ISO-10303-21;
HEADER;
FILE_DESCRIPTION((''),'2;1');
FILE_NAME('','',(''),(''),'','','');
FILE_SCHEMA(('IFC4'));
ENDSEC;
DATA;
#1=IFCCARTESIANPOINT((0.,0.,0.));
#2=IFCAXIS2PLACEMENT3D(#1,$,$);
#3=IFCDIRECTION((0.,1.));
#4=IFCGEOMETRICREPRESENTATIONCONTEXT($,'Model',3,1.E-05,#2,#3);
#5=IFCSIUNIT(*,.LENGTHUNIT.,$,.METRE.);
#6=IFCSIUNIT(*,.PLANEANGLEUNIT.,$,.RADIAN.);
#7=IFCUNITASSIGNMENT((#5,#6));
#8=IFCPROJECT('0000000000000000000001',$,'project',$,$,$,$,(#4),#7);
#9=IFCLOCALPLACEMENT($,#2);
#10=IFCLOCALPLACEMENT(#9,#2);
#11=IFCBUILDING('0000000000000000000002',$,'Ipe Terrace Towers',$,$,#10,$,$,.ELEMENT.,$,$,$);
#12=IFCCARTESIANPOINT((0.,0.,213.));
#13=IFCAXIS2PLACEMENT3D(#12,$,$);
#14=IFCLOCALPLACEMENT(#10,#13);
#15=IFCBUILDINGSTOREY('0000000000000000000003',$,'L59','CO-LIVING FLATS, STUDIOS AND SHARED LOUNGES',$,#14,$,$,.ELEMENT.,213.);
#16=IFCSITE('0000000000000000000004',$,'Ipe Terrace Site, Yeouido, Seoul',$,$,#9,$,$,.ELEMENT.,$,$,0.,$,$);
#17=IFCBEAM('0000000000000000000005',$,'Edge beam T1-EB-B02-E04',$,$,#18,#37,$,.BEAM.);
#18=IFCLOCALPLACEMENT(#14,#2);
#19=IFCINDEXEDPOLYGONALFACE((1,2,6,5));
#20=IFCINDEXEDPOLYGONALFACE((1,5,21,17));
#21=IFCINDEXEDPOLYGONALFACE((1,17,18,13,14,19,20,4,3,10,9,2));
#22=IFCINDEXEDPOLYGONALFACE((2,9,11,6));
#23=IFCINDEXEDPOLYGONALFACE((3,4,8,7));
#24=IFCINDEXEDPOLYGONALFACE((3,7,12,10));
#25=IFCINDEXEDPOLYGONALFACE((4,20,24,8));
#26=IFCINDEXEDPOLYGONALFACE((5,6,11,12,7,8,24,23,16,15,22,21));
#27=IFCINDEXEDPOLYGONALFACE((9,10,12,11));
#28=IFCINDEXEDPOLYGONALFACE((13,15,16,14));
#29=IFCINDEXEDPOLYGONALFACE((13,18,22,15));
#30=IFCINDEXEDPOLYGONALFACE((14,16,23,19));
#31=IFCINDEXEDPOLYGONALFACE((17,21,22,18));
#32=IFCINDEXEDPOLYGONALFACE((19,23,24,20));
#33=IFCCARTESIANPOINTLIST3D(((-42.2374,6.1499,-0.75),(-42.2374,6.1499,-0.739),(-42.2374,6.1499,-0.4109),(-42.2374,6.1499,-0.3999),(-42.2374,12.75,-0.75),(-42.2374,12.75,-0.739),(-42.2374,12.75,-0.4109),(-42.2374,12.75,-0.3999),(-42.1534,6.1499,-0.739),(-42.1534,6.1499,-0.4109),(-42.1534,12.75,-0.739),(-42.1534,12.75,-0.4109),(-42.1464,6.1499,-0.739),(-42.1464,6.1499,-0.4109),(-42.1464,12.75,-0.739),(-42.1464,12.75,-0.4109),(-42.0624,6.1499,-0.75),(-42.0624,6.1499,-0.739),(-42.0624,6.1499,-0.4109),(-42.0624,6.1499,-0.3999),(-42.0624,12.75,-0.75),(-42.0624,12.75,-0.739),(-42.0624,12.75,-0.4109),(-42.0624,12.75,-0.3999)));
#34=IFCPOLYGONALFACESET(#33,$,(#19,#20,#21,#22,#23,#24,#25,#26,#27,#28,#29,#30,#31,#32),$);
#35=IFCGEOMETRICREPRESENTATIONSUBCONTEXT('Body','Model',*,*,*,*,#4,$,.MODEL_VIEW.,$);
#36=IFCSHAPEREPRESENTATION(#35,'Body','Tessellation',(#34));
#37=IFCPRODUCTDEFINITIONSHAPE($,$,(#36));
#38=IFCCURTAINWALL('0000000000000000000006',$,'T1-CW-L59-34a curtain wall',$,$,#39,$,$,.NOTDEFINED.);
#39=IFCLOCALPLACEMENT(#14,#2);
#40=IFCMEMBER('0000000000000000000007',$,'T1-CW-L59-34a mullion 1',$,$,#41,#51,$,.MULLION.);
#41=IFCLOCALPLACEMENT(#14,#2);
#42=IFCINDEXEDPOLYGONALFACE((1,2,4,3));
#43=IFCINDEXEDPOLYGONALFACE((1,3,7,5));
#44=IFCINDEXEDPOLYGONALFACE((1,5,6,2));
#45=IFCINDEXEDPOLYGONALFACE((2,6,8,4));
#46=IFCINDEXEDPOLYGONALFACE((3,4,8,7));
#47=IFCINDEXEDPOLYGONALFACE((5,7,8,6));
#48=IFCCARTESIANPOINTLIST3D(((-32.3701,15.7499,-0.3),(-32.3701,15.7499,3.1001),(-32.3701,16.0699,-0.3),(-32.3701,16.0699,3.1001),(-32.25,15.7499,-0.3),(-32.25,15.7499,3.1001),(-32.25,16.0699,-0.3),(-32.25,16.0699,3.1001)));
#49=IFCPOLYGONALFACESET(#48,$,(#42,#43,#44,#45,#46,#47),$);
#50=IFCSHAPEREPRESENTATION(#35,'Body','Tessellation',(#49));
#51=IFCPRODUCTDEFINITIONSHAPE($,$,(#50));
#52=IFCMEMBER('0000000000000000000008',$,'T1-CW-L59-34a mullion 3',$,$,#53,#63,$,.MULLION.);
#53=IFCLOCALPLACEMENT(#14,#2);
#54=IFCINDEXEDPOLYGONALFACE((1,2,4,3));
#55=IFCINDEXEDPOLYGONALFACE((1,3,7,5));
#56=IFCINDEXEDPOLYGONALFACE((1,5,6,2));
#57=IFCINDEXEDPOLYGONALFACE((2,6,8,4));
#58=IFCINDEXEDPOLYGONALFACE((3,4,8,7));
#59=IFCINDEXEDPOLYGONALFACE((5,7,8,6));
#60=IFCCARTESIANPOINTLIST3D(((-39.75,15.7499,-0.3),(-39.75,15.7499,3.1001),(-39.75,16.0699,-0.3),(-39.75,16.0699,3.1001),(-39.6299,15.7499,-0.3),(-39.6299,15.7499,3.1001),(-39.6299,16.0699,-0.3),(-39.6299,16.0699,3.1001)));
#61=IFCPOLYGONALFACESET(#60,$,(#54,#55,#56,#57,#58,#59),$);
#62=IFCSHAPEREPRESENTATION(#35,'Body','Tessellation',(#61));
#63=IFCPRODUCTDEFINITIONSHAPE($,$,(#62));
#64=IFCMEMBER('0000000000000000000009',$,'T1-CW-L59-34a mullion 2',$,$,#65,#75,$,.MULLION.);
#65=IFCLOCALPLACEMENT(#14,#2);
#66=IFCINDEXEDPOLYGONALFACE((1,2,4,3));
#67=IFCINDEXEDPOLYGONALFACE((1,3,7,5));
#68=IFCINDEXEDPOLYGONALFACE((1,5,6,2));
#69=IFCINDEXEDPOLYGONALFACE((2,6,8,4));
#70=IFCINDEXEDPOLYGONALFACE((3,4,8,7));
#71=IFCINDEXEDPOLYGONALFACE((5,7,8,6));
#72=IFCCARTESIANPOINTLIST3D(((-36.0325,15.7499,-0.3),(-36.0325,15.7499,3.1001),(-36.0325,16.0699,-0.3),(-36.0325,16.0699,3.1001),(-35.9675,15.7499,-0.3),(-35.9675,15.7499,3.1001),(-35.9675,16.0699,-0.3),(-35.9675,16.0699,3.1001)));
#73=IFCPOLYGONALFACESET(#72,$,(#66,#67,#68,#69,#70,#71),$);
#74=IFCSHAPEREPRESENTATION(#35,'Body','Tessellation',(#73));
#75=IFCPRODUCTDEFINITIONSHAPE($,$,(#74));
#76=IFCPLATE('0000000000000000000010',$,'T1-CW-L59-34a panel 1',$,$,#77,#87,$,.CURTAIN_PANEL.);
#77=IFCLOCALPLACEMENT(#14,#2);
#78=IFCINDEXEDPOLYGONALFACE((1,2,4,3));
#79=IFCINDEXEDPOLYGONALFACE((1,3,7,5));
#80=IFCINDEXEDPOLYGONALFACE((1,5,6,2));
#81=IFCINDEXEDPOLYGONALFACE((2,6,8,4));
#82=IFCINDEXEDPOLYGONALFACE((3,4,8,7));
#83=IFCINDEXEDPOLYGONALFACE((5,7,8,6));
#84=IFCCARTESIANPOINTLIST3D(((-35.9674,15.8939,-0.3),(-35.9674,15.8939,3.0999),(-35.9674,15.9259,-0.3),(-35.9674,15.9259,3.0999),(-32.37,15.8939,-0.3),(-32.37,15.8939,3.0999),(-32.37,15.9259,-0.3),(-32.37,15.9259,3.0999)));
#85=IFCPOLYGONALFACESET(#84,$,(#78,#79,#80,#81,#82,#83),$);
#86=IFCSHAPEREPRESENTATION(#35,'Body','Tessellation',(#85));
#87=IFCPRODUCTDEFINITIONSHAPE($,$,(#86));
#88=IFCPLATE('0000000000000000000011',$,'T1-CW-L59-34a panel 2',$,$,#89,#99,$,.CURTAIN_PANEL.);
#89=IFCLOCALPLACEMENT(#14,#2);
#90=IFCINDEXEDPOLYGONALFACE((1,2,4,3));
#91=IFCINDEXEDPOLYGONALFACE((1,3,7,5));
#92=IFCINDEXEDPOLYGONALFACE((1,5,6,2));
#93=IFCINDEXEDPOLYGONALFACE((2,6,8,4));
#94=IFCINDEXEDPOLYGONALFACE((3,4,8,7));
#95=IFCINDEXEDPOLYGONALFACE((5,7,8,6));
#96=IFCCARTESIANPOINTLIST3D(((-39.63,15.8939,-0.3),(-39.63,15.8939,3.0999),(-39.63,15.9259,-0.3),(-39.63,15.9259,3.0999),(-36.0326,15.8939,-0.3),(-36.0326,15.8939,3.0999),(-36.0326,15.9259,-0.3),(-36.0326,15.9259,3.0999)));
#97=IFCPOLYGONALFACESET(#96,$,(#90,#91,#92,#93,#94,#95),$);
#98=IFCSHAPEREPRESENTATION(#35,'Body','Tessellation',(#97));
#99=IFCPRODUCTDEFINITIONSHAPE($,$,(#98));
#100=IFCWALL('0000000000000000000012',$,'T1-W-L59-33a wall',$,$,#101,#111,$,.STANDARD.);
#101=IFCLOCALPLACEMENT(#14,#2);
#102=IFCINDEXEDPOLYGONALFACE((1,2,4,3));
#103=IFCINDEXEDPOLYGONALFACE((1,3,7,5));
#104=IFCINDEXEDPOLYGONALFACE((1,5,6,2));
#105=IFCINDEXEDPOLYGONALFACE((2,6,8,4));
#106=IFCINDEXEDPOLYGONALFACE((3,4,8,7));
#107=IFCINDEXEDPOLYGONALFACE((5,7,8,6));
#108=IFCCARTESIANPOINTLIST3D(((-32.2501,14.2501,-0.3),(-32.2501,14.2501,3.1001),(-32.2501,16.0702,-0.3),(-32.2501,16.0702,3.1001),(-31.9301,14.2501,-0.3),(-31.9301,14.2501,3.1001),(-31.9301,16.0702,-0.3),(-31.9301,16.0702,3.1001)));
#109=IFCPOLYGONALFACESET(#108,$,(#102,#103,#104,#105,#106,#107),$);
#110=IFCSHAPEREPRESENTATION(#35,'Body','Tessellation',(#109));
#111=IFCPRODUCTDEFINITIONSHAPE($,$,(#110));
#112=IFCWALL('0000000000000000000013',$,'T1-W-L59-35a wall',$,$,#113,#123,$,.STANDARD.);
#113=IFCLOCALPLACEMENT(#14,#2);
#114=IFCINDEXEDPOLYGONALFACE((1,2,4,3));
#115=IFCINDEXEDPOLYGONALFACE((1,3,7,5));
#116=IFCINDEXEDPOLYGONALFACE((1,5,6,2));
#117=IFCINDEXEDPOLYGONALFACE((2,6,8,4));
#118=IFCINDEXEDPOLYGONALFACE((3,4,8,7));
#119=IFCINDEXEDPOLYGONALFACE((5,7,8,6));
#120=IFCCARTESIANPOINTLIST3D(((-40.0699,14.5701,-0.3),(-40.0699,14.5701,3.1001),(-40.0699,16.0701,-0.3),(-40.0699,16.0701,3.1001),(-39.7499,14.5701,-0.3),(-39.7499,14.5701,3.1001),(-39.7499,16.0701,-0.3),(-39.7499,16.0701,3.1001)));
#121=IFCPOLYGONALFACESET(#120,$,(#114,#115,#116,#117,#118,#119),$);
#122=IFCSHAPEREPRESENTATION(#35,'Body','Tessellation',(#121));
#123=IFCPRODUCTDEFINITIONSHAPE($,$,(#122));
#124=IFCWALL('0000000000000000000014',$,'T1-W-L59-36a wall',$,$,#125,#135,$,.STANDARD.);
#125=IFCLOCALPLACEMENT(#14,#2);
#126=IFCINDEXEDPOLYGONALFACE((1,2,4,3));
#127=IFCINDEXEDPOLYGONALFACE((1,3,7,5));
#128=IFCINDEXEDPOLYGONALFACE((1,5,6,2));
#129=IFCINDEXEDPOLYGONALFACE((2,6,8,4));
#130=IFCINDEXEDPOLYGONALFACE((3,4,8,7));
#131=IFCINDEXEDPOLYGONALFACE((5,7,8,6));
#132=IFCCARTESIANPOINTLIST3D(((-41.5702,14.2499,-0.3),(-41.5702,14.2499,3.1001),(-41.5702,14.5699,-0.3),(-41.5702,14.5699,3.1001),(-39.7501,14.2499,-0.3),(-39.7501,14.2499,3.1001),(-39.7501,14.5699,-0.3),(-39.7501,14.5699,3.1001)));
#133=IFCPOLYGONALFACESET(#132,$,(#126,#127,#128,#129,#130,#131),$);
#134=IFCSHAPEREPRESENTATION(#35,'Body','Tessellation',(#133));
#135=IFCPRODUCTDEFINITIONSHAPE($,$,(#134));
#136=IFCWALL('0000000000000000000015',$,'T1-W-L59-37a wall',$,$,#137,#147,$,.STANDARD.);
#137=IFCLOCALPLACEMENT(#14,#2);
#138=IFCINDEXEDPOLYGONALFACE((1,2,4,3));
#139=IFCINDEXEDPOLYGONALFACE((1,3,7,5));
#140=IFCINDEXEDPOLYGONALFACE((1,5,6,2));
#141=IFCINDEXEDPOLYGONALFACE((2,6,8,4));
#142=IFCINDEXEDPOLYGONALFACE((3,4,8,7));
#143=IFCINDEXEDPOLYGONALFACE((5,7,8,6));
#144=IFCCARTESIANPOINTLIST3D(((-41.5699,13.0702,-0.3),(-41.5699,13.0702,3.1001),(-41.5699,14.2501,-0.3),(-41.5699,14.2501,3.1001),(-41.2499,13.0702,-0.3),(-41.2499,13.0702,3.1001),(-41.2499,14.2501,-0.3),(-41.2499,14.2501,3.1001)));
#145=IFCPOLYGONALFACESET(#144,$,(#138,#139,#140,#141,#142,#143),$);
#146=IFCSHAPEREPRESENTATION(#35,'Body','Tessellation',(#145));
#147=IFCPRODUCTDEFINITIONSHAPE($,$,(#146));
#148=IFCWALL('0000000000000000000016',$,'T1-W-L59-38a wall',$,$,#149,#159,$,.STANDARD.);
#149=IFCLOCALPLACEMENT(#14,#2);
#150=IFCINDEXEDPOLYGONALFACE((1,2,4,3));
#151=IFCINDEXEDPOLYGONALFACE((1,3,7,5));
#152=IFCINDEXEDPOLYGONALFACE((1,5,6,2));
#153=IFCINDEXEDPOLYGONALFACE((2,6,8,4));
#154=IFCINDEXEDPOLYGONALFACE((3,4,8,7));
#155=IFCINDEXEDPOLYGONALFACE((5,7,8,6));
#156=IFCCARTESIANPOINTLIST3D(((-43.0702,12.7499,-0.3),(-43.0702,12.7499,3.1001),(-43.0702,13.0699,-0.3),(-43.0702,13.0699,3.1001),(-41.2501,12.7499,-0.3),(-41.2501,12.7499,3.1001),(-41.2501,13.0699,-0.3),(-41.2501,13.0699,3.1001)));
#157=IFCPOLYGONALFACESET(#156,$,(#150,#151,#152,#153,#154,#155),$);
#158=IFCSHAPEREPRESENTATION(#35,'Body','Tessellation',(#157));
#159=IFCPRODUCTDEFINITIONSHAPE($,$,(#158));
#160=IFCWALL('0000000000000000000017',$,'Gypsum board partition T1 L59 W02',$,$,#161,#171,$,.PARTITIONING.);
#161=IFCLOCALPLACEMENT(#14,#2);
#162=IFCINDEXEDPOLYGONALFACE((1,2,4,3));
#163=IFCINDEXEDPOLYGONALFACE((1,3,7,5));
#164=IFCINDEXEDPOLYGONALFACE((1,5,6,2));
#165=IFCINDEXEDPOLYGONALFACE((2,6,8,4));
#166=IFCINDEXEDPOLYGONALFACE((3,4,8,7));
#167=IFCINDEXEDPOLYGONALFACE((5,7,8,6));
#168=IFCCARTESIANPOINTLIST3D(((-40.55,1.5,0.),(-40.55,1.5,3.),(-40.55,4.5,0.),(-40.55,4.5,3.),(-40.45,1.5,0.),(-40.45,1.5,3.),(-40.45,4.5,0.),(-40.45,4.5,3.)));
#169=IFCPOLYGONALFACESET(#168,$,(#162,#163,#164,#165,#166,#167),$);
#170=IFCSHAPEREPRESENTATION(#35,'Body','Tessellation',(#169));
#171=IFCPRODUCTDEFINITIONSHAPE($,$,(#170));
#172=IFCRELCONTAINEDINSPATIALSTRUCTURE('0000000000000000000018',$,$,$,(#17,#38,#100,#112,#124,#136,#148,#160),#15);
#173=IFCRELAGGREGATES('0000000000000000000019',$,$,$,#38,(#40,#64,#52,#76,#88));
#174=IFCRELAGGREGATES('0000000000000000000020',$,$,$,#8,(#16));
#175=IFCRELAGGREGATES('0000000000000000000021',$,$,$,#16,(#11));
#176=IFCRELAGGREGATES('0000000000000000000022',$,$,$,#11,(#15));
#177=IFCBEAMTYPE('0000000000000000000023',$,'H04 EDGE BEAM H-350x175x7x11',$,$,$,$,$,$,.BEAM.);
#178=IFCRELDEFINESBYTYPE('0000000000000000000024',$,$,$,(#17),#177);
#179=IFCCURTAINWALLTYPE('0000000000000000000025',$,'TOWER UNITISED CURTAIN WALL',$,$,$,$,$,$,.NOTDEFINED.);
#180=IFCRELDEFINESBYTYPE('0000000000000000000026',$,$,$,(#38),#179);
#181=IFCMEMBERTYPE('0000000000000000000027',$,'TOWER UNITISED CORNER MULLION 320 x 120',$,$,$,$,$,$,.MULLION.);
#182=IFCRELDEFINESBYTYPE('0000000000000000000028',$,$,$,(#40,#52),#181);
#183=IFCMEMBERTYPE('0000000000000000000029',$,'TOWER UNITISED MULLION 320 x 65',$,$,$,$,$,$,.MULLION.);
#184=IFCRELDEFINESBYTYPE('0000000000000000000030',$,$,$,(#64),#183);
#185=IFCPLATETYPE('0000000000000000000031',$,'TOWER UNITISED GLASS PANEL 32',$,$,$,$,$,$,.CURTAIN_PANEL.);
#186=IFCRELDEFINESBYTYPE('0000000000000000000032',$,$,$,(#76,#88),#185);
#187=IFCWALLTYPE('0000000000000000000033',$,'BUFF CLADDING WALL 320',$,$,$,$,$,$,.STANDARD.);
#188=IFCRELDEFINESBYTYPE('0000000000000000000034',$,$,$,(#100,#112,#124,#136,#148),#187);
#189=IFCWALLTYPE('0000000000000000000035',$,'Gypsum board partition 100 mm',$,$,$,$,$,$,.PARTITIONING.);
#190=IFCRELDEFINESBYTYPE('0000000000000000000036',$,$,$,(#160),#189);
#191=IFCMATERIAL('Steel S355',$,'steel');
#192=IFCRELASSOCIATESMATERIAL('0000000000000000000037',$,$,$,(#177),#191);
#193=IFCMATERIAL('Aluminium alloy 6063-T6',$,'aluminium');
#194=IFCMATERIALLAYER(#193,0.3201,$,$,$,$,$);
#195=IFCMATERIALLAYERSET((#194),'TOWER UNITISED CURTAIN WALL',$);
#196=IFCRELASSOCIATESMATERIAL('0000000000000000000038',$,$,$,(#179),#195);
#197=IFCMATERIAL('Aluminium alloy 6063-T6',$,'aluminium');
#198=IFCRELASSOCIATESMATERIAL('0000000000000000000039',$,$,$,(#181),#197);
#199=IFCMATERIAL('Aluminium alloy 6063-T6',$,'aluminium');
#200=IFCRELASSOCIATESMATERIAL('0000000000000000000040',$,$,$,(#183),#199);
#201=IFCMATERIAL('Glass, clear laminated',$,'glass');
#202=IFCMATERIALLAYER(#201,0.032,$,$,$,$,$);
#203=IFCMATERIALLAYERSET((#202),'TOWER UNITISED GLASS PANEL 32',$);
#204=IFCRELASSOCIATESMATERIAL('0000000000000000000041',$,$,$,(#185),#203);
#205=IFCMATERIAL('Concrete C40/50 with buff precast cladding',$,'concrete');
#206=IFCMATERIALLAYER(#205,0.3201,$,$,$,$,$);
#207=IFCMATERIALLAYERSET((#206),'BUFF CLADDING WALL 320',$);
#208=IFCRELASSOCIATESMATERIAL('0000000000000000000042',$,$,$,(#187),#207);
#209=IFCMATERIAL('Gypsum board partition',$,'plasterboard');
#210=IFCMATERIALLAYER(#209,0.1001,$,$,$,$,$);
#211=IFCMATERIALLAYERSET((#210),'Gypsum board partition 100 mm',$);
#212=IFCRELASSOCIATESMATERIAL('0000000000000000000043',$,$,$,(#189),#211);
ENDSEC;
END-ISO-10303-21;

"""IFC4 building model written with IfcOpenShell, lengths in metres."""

from ifc_helpers import new_model, si_unit, direction, frame, frame_2d, origin, origin_2d, place, context, subcontext, project, spatial, rectangle, i_section, extrude, material, layer, layer_set, material_profile, profile_set, type_object, element, aggregate, save


model = new_model("IFC4")

# Units and contexts
model_context = context("Model", 3, precision=1e-05, world=origin(), true_north=direction((0.0, 1.0)))
body_context = subcontext(model_context, "Body", "Model", "MODEL_VIEW")
ifc_project = project(units=[si_unit("LENGTHUNIT", "METRE"), si_unit("PLANEANGLEUNIT", "RADIAN")], contexts=[model_context])

# Site, building, storey
site_placement = place(None, origin())
site = spatial("IfcSite", under=ifc_project, at=site_placement, Name="Ipe Terrace Site, Yeouido, Seoul", CompositionType="ELEMENT", RefElevation=0.0)
building_placement = place(site_placement, origin())
building = spatial("IfcBuilding", under=site, at=building_placement, Name="Ipe Terrace Towers", CompositionType="ELEMENT")
storey_placement = place(building_placement, frame((0.0, 0.0, 213.0)))
storey = spatial("IfcBuildingStorey", under=building, at=storey_placement, Name="L59", Description="CO-LIVING FLATS, STUDIOS AND SHARED LOUNGES", CompositionType="ELEMENT", Elevation=213.0)

# Beam
ifc_material_1 = material(Name="Steel S355", Category="steel")
ifc_material_profile_1 = material_profile(ifc_material_1, i_section(OverallWidth=0.175, OverallDepth=0.3501, WebThickness=0.0071, FlangeThickness=0.011, at=origin_2d()), Name="H-350x175x7x11")
ifc_profile_set_1 = profile_set([ifc_material_profile_1], Name="Steel S355")
beam_type = type_object("IfcBeamType", Name="H04 EDGE BEAM H-350x175x7x11", PredefinedType="BEAM", material=ifc_profile_set_1)
beam_placement = place(storey_placement, frame((-42.1499, 12.75, -0.575), z_axis=(0.0, -1.0, 0.0), x_axis=(1.0, 0.0, 0.0)))
element("IfcBeam", 1, at=beam_placement, inside=storey, type_object=beam_type, Name="Edge beam T1-EB-B02-E04", PredefinedType="BEAM", context=body_context, shape_type="SweptSolid", body=[
    extrude(i_section(OverallWidth=0.175, OverallDepth=0.3501, WebThickness=0.0071, FlangeThickness=0.011, at=origin_2d()), origin(), (0.0, 0.0, 1.0), 6.6001),
])

# Curtain wall, members, plates
ifc_material_2 = material(Name="Aluminium alloy 6063-T6", Category="aluminium")
ifc_layer_1 = layer(ifc_material_2, 0.3201)
ifc_layer_set_1 = layer_set([ifc_layer_1], Name="TOWER UNITISED CURTAIN WALL")
curtain_wall_type = type_object("IfcCurtainWallType", Name="TOWER UNITISED CURTAIN WALL", PredefinedType="NOTDEFINED", material=ifc_layer_set_1)
curtain_wall_placement = place(storey_placement, origin())
curtain_wall = element("IfcCurtainWall", 2, at=curtain_wall_placement, inside=storey, type_object=curtain_wall_type, Name="T1-CW-L59-34a curtain wall", PredefinedType="NOTDEFINED")
ifc_material_3 = material(Name="Aluminium alloy 6063-T6", Category="aluminium")
ifc_material_profile_2 = material_profile(ifc_material_3, rectangle(XDim=0.3201, YDim=0.1201, at=origin_2d()), Name="TOWER UNITISED CORNER MULLION 320 x 120")
ifc_profile_set_2 = profile_set([ifc_material_profile_2], Name="Aluminium alloy 6063-T6")
member_type_1 = type_object("IfcMemberType", Name="TOWER UNITISED CORNER MULLION 320 x 120", PredefinedType="MULLION", material=ifc_profile_set_2)
member_1_placement = place(storey_placement, frame((-32.3101, 15.9099, -0.3), z_axis=(0.0, 0.0, 1.0), x_axis=(0.0, 1.0, 0.0)))
member_1 = element("IfcMember", 3, at=member_1_placement, type_object=member_type_1, Name="T1-CW-L59-34a mullion 1", PredefinedType="MULLION", context=body_context, shape_type="SweptSolid", body=[
    extrude(rectangle(XDim=0.3201, YDim=0.1201, at=origin_2d()), origin(), (0.0, 0.0, 1.0), 3.4001),
])
member_2_placement = place(storey_placement, frame((-39.6899, 15.9099, -0.3), z_axis=(0.0, 0.0, 1.0), x_axis=(0.0, 1.0, 0.0)))
member_2 = element("IfcMember", 4, at=member_2_placement, type_object=member_type_1, Name="T1-CW-L59-34a mullion 3", PredefinedType="MULLION", context=body_context, shape_type="SweptSolid", body=[
    extrude(rectangle(XDim=0.3201, YDim=0.1201, at=origin_2d()), origin(), (0.0, 0.0, 1.0), 3.4001),
])
ifc_material_4 = material(Name="Aluminium alloy 6063-T6", Category="aluminium")
ifc_material_profile_3 = material_profile(ifc_material_4, rectangle(XDim=0.3201, YDim=0.0649, at=origin_2d()), Name="TOWER UNITISED MULLION 320 x 65")
ifc_profile_set_3 = profile_set([ifc_material_profile_3], Name="Aluminium alloy 6063-T6")
member_type_2 = type_object("IfcMemberType", Name="TOWER UNITISED MULLION 320 x 65", PredefinedType="MULLION", material=ifc_profile_set_3)
member_3_placement = place(storey_placement, frame((-36.0, 15.9099, -0.3), z_axis=(0.0, 0.0, 1.0), x_axis=(0.0, 1.0, 0.0)))
member_3 = element("IfcMember", 5, at=member_3_placement, type_object=member_type_2, Name="T1-CW-L59-34a mullion 2", PredefinedType="MULLION", context=body_context, shape_type="SweptSolid", body=[
    extrude(rectangle(XDim=0.3201, YDim=0.0649, at=origin_2d()), origin(), (0.0, 0.0, 1.0), 3.4001),
])
ifc_material_5 = material(Name="Glass, clear laminated", Category="glass")
ifc_layer_2 = layer(ifc_material_5, 0.032)
ifc_layer_set_2 = layer_set([ifc_layer_2], Name="TOWER UNITISED GLASS PANEL 32")
plate_type = type_object("IfcPlateType", Name="TOWER UNITISED GLASS PANEL 32", PredefinedType="CURTAIN_PANEL", material=ifc_layer_set_2)
plate_1_placement = place(storey_placement, frame((-34.1687, 15.9099, -0.3), z_axis=(0.0, 0.0, 1.0), x_axis=(-1.0, 0.0, 0.0)))
plate_1 = element("IfcPlate", 6, at=plate_1_placement, type_object=plate_type, Name="T1-CW-L59-34a panel 1", PredefinedType="CURTAIN_PANEL", context=body_context, shape_type="SweptSolid", body=[
    extrude(rectangle(XDim=3.5974, YDim=0.032, at=origin_2d()), origin(), (0.0, 0.0, 1.0), 3.3999),
])
plate_2_placement = place(storey_placement, frame((-37.8313, 15.9099, -0.3), z_axis=(0.0, 0.0, 1.0), x_axis=(-1.0, 0.0, 0.0)))
plate_2 = element("IfcPlate", 7, at=plate_2_placement, type_object=plate_type, Name="T1-CW-L59-34a panel 2", PredefinedType="CURTAIN_PANEL", context=body_context, shape_type="SweptSolid", body=[
    extrude(rectangle(XDim=3.5974, YDim=0.032, at=origin_2d()), origin(), (0.0, 0.0, 1.0), 3.3999),
])
aggregate(curtain_wall, [member_1, member_3, member_2, plate_1, plate_2])

# Walls
ifc_material_6 = material(Name="Concrete C40/50 with buff precast cladding", Category="concrete")
ifc_layer_3 = layer(ifc_material_6, 0.3201)
ifc_layer_set_3 = layer_set([ifc_layer_3], Name="BUFF CLADDING WALL 320")
wall_type_1 = type_object("IfcWallType", Name="BUFF CLADDING WALL 320", PredefinedType="STANDARD", material=ifc_layer_set_3)
wall_1_placement = place(storey_placement, frame((-32.0901, 14.25, -0.3), z_axis=(0.0, 0.0, 1.0), x_axis=(0.0, 1.0, 0.0)))
element("IfcWall", 8, at=wall_1_placement, inside=storey, type_object=wall_type_1, Name="T1-W-L59-33a wall", PredefinedType="STANDARD", context=body_context, shape_type="SweptSolid", body=[
    extrude(rectangle(XDim=1.8201, YDim=0.3201, at=frame_2d((0.9102, 0.0))), origin(), (0.0, 0.0, 1.0), 3.4001),
])
wall_2_placement = place(storey_placement, frame((-39.9099, 16.0701, -0.3), z_axis=(0.0, 0.0, 1.0), x_axis=(0.0, -1.0, 0.0)))
element("IfcWall", 9, at=wall_2_placement, inside=storey, type_object=wall_type_1, Name="T1-W-L59-35a wall", PredefinedType="STANDARD", context=body_context, shape_type="SweptSolid", body=[
    extrude(rectangle(XDim=1.5, YDim=0.3201, at=frame_2d((0.75, 0.0))), origin(), (0.0, 0.0, 1.0), 3.4001),
])
wall_3_placement = place(storey_placement, frame((-39.75, 14.4099, -0.3), z_axis=(0.0, 0.0, 1.0), x_axis=(-1.0, 0.0, 0.0)))
element("IfcWall", 10, at=wall_3_placement, inside=storey, type_object=wall_type_1, Name="T1-W-L59-36a wall", PredefinedType="STANDARD", context=body_context, shape_type="SweptSolid", body=[
    extrude(rectangle(XDim=1.8201, YDim=0.3201, at=frame_2d((0.9102, 0.0))), origin(), (0.0, 0.0, 1.0), 3.4001),
])
wall_4_placement = place(storey_placement, frame((-41.4099, 14.25, -0.3), z_axis=(0.0, 0.0, 1.0), x_axis=(0.0, -1.0, 0.0)))
element("IfcWall", 11, at=wall_4_placement, inside=storey, type_object=wall_type_1, Name="T1-W-L59-37a wall", PredefinedType="STANDARD", context=body_context, shape_type="SweptSolid", body=[
    extrude(rectangle(XDim=1.1799, YDim=0.3201, at=frame_2d((0.5898, 0.0))), origin(), (0.0, 0.0, 1.0), 3.4001),
])
wall_5_placement = place(storey_placement, frame((-41.25, 12.9099, -0.3), z_axis=(0.0, 0.0, 1.0), x_axis=(-1.0, 0.0, 0.0)))
element("IfcWall", 12, at=wall_5_placement, inside=storey, type_object=wall_type_1, Name="T1-W-L59-38a wall", PredefinedType="STANDARD", context=body_context, shape_type="SweptSolid", body=[
    extrude(rectangle(XDim=1.8201, YDim=0.3201, at=frame_2d((0.9102, 0.0))), origin(), (0.0, 0.0, 1.0), 3.4001),
])
ifc_material_7 = material(Name="Gypsum board partition", Category="plasterboard")
ifc_layer_4 = layer(ifc_material_7, 0.1001)
ifc_layer_set_4 = layer_set([ifc_layer_4], Name="Gypsum board partition 100 mm")
wall_type_2 = type_object("IfcWallType", Name="Gypsum board partition 100 mm", PredefinedType="PARTITIONING", material=ifc_layer_set_4)
wall_6_placement = place(storey_placement, frame((-40.5, 1.5, 0.0), z_axis=(0.0, 0.0, 1.0), x_axis=(0.0, 1.0, 0.0)))
element("IfcWall", 13, at=wall_6_placement, inside=storey, type_object=wall_type_2, Name="Gypsum board partition T1 L59 W02", PredefinedType="PARTITIONING", context=body_context, shape_type="SweptSolid", body=[
    extrude(rectangle(XDim=3.0, YDim=0.1001, at=frame_2d((1.5, 0.0))), origin(), (0.0, 0.0, 1.0), 3.0),
])

save(model, "model.ifc")
